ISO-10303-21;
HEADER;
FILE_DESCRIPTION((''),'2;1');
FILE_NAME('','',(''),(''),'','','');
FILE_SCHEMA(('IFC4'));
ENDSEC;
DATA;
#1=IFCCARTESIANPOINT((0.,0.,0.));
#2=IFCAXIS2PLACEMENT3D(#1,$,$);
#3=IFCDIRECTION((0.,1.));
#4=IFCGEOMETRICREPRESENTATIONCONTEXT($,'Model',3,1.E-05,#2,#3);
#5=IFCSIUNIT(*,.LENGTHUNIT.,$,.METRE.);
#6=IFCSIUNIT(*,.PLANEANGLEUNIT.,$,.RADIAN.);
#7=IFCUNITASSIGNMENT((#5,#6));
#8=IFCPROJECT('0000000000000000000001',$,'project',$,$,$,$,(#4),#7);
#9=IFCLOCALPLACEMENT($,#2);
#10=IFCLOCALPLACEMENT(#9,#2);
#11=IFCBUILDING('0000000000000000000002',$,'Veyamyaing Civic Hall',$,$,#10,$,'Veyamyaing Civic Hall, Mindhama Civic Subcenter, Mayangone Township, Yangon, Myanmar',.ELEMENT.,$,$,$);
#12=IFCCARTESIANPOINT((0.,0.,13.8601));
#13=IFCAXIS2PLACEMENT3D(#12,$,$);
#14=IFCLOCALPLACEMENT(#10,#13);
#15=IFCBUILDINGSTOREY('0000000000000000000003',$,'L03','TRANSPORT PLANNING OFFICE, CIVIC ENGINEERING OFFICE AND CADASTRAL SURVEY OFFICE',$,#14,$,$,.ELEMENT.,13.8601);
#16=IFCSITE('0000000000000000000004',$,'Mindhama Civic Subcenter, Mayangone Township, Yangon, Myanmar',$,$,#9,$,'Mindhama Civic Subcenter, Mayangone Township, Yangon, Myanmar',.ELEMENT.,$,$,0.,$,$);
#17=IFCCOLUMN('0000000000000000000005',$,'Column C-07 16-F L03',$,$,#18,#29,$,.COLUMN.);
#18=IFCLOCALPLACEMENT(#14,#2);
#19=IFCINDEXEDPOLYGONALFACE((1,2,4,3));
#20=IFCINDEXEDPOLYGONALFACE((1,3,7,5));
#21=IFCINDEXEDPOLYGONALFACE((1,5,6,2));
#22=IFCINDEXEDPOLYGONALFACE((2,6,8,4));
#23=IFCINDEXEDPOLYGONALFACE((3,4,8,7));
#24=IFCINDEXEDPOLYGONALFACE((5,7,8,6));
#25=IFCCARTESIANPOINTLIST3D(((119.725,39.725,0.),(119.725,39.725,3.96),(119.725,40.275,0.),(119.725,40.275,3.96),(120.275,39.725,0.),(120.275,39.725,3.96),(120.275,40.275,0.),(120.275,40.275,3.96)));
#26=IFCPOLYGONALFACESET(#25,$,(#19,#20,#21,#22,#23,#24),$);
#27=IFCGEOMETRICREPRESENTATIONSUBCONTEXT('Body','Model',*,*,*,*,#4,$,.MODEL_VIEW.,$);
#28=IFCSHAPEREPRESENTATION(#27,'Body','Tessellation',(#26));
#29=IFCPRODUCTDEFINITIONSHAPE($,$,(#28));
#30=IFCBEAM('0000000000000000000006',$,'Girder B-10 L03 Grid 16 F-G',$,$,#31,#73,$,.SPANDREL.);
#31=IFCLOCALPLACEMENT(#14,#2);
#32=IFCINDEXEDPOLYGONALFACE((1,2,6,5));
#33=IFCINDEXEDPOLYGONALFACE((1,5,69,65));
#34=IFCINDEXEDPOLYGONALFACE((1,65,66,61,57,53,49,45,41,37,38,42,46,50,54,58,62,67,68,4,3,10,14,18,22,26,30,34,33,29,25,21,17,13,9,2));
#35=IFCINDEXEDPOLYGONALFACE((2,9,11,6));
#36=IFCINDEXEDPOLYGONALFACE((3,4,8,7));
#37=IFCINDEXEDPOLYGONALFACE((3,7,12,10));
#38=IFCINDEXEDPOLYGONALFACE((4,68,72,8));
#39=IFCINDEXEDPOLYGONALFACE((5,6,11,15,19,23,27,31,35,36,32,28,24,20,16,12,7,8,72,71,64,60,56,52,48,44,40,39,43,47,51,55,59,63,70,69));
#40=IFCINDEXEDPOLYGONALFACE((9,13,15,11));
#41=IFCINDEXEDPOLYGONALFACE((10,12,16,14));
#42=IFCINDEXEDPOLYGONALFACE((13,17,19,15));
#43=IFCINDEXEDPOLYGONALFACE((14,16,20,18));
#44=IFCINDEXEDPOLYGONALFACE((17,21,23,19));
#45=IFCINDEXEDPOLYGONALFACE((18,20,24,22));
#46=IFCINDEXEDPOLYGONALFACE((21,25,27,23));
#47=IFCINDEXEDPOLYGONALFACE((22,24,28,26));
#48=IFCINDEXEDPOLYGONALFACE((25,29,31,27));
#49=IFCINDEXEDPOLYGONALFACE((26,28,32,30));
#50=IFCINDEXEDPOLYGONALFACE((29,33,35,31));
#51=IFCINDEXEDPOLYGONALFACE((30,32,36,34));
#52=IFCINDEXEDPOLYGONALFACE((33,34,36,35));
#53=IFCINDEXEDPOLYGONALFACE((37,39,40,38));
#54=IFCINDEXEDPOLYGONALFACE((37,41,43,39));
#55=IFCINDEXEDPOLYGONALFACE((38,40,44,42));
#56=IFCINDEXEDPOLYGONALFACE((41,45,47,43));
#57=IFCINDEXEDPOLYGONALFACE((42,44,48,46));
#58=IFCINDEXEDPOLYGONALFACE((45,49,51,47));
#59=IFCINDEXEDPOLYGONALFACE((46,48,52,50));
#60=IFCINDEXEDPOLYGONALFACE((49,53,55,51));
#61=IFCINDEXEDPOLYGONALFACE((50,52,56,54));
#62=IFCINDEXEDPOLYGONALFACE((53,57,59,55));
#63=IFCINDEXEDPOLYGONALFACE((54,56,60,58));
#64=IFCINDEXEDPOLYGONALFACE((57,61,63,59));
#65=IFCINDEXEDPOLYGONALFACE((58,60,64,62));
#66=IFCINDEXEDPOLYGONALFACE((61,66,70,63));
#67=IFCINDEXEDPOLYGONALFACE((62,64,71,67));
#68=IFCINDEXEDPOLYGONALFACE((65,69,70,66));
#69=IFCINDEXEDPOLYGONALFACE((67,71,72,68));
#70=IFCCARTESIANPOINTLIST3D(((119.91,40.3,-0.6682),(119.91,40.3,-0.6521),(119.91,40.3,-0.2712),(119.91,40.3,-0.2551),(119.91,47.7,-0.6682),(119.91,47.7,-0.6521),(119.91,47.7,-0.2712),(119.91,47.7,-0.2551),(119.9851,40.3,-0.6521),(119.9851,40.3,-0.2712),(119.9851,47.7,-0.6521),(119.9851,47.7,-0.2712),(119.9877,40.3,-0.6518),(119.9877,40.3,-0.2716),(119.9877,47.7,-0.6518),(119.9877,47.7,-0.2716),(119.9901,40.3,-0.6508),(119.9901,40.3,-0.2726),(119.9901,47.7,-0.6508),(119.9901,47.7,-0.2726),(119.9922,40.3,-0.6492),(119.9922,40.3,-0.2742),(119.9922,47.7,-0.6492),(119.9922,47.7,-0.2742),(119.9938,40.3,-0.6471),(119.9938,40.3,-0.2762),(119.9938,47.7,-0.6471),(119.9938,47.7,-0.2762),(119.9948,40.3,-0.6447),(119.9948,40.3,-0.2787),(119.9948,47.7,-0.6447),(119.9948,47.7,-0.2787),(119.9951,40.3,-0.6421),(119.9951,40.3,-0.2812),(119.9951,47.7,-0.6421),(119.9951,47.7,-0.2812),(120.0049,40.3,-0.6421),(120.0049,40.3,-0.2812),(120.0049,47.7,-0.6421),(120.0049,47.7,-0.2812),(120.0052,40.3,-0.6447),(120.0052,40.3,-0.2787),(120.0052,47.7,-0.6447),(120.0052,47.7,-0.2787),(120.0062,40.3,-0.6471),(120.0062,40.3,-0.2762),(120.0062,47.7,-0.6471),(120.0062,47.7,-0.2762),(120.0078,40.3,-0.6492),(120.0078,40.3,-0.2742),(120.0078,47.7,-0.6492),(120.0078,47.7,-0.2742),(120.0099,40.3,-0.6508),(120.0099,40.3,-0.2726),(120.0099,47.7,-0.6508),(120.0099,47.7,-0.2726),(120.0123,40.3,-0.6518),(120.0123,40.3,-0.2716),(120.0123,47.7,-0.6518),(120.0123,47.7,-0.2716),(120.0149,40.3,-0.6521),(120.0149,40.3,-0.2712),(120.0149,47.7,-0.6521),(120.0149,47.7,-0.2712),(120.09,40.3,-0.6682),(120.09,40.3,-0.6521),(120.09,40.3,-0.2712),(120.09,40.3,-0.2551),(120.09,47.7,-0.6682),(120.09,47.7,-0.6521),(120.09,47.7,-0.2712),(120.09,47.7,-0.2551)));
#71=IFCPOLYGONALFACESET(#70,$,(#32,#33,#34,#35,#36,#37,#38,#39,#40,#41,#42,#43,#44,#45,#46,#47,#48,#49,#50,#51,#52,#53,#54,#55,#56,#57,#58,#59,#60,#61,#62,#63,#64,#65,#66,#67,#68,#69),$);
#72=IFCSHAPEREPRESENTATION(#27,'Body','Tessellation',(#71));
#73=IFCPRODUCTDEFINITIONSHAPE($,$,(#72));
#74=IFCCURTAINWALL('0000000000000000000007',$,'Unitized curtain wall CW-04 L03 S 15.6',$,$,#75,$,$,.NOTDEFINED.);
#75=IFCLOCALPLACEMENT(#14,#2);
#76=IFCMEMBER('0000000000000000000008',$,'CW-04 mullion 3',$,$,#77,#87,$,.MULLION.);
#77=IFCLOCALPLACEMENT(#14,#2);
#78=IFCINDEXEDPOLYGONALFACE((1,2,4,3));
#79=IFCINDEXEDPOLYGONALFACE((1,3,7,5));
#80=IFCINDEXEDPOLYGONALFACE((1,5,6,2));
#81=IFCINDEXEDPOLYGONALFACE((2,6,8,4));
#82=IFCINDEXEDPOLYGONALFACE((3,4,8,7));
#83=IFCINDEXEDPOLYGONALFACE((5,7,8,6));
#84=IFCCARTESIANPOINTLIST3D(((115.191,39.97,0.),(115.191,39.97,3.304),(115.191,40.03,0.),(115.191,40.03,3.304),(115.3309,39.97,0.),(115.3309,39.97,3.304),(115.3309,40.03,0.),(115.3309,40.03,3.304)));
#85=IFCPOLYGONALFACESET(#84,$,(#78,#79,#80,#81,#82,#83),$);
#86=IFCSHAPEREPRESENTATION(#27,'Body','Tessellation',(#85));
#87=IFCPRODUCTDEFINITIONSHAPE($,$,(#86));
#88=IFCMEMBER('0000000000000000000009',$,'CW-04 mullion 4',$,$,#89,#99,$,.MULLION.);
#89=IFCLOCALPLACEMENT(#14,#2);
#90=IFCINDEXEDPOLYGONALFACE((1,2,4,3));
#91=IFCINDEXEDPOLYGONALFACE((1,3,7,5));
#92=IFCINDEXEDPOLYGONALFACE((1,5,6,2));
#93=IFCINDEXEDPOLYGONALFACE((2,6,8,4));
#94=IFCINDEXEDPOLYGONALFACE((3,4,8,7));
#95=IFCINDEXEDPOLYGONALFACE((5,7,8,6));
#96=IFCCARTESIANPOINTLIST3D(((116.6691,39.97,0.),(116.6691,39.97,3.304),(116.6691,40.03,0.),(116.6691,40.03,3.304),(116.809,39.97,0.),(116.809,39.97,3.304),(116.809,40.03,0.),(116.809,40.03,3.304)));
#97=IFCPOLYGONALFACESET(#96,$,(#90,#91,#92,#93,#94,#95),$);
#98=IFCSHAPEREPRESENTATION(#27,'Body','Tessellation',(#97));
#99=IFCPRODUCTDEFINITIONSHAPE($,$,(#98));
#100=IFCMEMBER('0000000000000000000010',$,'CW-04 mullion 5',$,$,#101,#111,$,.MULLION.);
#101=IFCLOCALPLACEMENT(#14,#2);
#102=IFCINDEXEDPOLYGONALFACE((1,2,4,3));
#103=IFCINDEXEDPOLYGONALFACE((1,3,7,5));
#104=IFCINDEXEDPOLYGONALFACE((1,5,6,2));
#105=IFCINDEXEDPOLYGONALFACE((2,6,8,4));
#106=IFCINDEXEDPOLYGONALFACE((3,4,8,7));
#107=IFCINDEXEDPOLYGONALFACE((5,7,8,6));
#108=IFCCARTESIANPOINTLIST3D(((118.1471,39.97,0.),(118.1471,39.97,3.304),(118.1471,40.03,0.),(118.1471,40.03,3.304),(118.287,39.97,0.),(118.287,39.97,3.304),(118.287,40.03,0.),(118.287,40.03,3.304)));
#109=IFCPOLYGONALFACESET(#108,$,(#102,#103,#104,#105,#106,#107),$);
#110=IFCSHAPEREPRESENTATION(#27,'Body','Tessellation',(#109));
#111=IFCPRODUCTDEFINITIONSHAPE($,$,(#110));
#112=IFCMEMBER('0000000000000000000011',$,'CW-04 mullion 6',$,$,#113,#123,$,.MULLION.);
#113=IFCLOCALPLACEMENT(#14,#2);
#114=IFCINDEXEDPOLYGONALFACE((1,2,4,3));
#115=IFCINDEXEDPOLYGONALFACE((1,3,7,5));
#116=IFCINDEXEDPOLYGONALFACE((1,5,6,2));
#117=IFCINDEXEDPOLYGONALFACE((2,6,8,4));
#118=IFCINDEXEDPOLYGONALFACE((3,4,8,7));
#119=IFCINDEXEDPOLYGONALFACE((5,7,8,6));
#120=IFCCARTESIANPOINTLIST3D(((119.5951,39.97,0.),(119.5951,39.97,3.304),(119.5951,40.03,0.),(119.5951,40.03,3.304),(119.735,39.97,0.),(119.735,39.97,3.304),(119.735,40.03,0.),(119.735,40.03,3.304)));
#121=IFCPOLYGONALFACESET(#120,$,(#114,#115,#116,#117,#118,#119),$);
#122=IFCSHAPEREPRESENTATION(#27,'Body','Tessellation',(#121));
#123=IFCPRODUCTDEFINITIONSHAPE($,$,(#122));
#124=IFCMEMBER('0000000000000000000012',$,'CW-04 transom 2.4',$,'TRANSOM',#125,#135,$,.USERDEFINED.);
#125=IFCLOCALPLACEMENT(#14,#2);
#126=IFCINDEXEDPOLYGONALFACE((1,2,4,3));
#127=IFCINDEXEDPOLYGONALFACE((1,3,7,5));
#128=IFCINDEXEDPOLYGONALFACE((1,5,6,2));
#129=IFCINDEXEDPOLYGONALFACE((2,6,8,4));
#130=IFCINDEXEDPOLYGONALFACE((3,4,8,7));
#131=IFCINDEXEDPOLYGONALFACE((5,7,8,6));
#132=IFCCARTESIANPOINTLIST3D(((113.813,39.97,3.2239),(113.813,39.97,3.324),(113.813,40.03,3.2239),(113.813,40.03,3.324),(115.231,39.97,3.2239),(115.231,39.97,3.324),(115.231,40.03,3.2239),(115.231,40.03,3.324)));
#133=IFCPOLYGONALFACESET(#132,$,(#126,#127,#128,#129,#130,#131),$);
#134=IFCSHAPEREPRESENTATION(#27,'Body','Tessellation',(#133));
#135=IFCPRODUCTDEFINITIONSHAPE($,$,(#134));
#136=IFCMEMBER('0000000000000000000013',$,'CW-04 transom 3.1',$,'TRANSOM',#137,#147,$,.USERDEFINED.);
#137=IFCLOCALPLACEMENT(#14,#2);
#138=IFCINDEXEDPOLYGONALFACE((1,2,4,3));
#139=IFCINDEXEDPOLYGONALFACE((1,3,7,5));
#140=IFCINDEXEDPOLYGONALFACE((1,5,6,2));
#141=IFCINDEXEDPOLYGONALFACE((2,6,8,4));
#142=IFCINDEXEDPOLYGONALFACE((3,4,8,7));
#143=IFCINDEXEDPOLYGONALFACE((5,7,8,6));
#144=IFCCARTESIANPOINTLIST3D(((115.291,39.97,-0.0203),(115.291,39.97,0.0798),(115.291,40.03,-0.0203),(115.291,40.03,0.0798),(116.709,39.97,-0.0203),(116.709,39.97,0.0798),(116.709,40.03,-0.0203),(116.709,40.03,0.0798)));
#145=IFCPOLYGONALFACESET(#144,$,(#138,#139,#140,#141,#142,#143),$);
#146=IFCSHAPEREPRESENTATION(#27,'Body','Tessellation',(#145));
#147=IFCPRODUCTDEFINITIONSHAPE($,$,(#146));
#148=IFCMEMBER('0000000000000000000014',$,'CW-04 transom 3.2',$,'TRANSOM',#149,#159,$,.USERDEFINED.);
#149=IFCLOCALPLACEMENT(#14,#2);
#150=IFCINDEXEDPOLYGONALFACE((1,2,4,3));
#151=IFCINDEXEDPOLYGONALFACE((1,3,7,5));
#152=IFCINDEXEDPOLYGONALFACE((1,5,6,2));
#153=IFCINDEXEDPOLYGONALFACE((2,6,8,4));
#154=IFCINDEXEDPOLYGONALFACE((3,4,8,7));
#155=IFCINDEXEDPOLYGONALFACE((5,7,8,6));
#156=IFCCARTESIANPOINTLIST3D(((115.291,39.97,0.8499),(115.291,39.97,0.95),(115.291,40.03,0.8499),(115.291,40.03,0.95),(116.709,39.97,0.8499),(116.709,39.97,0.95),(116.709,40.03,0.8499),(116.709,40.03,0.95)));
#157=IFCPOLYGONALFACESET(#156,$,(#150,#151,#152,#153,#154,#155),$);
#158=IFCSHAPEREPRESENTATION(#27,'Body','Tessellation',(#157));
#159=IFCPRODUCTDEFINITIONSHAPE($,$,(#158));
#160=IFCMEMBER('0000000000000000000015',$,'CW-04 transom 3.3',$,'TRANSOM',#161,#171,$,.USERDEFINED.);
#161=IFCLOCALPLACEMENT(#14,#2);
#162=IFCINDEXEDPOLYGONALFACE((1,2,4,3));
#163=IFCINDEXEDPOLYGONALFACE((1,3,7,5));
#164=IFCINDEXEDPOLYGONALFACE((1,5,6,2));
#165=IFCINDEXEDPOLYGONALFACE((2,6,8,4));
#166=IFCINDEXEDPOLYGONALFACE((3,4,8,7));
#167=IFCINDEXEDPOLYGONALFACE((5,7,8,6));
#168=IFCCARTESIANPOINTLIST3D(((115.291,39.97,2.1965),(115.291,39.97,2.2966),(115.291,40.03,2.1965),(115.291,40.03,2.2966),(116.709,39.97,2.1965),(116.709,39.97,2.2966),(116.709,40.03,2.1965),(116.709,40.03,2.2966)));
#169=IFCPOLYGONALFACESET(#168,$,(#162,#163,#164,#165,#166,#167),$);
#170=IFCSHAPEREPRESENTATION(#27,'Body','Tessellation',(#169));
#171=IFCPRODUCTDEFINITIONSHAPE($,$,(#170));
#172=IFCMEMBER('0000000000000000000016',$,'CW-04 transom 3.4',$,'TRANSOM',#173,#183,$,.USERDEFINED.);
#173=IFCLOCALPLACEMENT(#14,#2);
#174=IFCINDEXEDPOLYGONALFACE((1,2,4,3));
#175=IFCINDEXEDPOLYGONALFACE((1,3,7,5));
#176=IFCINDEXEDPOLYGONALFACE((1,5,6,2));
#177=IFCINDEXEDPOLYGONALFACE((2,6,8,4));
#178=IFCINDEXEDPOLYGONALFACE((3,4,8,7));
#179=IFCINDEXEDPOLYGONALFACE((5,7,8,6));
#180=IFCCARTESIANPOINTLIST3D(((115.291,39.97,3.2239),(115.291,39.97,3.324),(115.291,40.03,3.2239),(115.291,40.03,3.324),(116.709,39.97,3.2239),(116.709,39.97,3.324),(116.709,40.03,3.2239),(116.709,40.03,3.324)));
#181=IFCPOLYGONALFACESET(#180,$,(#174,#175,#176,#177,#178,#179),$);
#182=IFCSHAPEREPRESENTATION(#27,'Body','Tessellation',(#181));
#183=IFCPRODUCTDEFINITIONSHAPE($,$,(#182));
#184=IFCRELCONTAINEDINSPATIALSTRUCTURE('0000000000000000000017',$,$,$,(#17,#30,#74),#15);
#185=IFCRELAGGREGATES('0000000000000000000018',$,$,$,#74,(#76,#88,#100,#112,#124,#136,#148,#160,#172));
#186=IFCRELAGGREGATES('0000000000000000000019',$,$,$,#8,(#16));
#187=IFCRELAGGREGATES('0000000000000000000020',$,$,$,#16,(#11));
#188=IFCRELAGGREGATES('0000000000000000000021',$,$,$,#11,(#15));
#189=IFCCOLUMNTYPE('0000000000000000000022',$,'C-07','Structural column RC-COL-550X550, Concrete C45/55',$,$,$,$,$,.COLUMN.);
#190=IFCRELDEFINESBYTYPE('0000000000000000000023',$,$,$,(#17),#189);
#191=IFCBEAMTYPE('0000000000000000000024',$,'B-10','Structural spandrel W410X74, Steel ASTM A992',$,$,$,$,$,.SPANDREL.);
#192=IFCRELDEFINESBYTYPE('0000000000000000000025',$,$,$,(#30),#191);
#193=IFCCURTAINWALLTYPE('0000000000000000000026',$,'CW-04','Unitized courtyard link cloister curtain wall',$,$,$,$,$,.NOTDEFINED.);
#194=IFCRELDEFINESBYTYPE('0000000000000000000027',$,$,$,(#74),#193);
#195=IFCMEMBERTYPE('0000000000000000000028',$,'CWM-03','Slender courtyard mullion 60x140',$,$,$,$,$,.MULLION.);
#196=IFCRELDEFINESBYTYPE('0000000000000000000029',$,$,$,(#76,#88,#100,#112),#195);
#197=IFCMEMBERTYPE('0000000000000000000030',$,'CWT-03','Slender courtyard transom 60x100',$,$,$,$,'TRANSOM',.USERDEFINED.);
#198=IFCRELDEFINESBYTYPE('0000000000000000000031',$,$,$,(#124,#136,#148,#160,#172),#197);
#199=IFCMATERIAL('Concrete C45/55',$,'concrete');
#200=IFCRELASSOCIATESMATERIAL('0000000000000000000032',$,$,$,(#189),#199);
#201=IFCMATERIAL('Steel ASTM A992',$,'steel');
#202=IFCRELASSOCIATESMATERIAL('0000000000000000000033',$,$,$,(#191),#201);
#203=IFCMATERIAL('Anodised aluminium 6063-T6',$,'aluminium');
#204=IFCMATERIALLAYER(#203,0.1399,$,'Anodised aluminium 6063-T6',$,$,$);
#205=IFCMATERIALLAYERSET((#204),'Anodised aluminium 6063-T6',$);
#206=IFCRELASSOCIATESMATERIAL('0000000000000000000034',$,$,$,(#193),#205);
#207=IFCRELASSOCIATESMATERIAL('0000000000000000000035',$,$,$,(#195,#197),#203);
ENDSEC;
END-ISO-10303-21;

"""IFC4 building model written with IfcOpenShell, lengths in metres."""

from ifc_helpers import new_model, si_unit, direction, frame, origin, origin_2d, place, context, subcontext, project, spatial, rectangle, i_section, extrude, material, layer, layer_set, material_profile, profile_set, type_object, element, aggregate, save


model = new_model("IFC4")

# Units and contexts
model_context = context("Model", 3, precision=1e-05, world=origin(), true_north=direction((0.0, 1.0)))
body_context = subcontext(model_context, "Body", "Model", "MODEL_VIEW")
ifc_project = project(units=[si_unit("LENGTHUNIT", "METRE"), si_unit("PLANEANGLEUNIT", "RADIAN")], contexts=[model_context])

# Site, building, storey
site_placement = place(None, origin())
site = spatial("IfcSite", under=ifc_project, at=site_placement, Name="Mindhama Civic Subcenter, Mayangone Township, Yangon, Myanmar", LongName="Mindhama Civic Subcenter, Mayangone Township, Yangon, Myanmar", CompositionType="ELEMENT", RefElevation=0.0)
building_placement = place(site_placement, origin())
building = spatial("IfcBuilding", under=site, at=building_placement, Name="Veyamyaing Civic Hall", LongName="Veyamyaing Civic Hall, Mindhama Civic Subcenter, Mayangone Township, Yangon, Myanmar", CompositionType="ELEMENT")
storey_placement = place(building_placement, frame((0.0, 0.0, 13.8601)))
storey = spatial("IfcBuildingStorey", under=building, at=storey_placement, Name="L03", Description="TRANSPORT PLANNING OFFICE, CIVIC ENGINEERING OFFICE AND CADASTRAL SURVEY OFFICE", CompositionType="ELEMENT", Elevation=13.8601)

# Column
ifc_material_1 = material(Name="Concrete C45/55", Category="concrete")
ifc_material_profile_1 = material_profile(ifc_material_1, rectangle(XDim=0.55, YDim=0.55, at=origin_2d()), Name="RC-COL-550X550")
ifc_profile_set_1 = profile_set([ifc_material_profile_1], Name="Concrete C45/55")
column_type = type_object("IfcColumnType", Name="C-07", Description="Structural column RC-COL-550X550, Concrete C45/55", PredefinedType="COLUMN", material=ifc_profile_set_1)
column_placement = place(storey_placement, frame((120.0, 40.0, 0.0), z_axis=(0.0, 0.0, 1.0), x_axis=(1.0, 0.0, 0.0)))
element("IfcColumn", 1, at=column_placement, inside=storey, type_object=column_type, Name="Column C-07 16-F L03", PredefinedType="COLUMN", context=body_context, shape_type="SweptSolid", body=[
    extrude(rectangle(XDim=0.55, YDim=0.55, at=origin_2d()), origin(), (0.0, 0.0, 1.0), 3.96),
])

# Beam
ifc_material_2 = material(Name="Steel ASTM A992", Category="steel")
ifc_material_profile_2 = material_profile(ifc_material_2, i_section(OverallWidth=0.1799, OverallDepth=0.4131, WebThickness=0.0098, FlangeThickness=0.0161, FilletRadius=0.01, at=origin_2d()), Name="W410X74")
ifc_profile_set_2 = profile_set([ifc_material_profile_2], Name="Steel ASTM A992")
beam_type = type_object("IfcBeamType", Name="B-10", Description="Structural spandrel W410X74, Steel ASTM A992", PredefinedType="SPANDREL", material=ifc_profile_set_2)
beam_placement = place(storey_placement, frame((120.0, 40.3, -0.4617), z_axis=(0.0, 1.0, 0.0), x_axis=(-1.0, 0.0, 0.0)))
element("IfcBeam", 2, at=beam_placement, inside=storey, type_object=beam_type, Name="Girder B-10 L03 Grid 16 F-G", PredefinedType="SPANDREL", context=body_context, shape_type="SweptSolid", body=[
    extrude(i_section(OverallWidth=0.1799, OverallDepth=0.4131, WebThickness=0.0098, FlangeThickness=0.0161, FilletRadius=0.01, at=origin_2d()), origin(), (0.0, 0.0, 1.0), 7.3999),
])

# Curtain wall, members
ifc_material_3 = material(Name="Anodised aluminium 6063-T6", Category="aluminium")
ifc_layer_1 = layer(ifc_material_3, 0.1399, Name="Anodised aluminium 6063-T6")
ifc_layer_set_1 = layer_set([ifc_layer_1], Name="Anodised aluminium 6063-T6")
curtain_wall_type = type_object("IfcCurtainWallType", Name="CW-04", Description="Unitized courtyard link cloister curtain wall", PredefinedType="NOTDEFINED", material=ifc_layer_set_1)
curtain_wall_placement = place(storey_placement, origin())
curtain_wall = element("IfcCurtainWall", 3, at=curtain_wall_placement, inside=storey, type_object=curtain_wall_type, Name="Unitized curtain wall CW-04 L03 S 15.6", PredefinedType="NOTDEFINED")
ifc_material_profile_3 = material_profile(ifc_material_3, rectangle(XDim=0.0601, YDim=0.1399, at=origin_2d()), Name="ALU-MUL-60X140")
ifc_profile_set_3 = profile_set([ifc_material_profile_3], Name="Anodised aluminium 6063-T6")
member_type_1 = type_object("IfcMemberType", Name="CWM-03", Description="Slender courtyard mullion 60x140", PredefinedType="MULLION", material=ifc_profile_set_3)
member_1_placement = place(storey_placement, frame((115.261, 40.0, 0.0), z_axis=(0.0, 0.0, 1.0), x_axis=(0.0, 1.0, 0.0)))
member_1 = element("IfcMember", 4, at=member_1_placement, type_object=member_type_1, Name="CW-04 mullion 3", PredefinedType="MULLION", context=body_context, shape_type="SweptSolid", body=[
    extrude(rectangle(XDim=0.0601, YDim=0.1399, at=origin_2d()), origin(), (0.0, 0.0, 1.0), 3.304),
])
member_2_placement = place(storey_placement, frame((116.739, 40.0, 0.0), z_axis=(0.0, 0.0, 1.0), x_axis=(0.0, 1.0, 0.0)))
member_2 = element("IfcMember", 5, at=member_2_placement, type_object=member_type_1, Name="CW-04 mullion 4", PredefinedType="MULLION", context=body_context, shape_type="SweptSolid", body=[
    extrude(rectangle(XDim=0.0601, YDim=0.1399, at=origin_2d()), origin(), (0.0, 0.0, 1.0), 3.304),
])
member_3_placement = place(storey_placement, frame((118.217, 40.0, 0.0), z_axis=(0.0, 0.0, 1.0), x_axis=(0.0, 1.0, 0.0)))
member_3 = element("IfcMember", 6, at=member_3_placement, type_object=member_type_1, Name="CW-04 mullion 5", PredefinedType="MULLION", context=body_context, shape_type="SweptSolid", body=[
    extrude(rectangle(XDim=0.0601, YDim=0.1399, at=origin_2d()), origin(), (0.0, 0.0, 1.0), 3.304),
])
member_4_placement = place(storey_placement, frame((119.665, 40.0, 0.0), z_axis=(0.0, 0.0, 1.0), x_axis=(0.0, 1.0, 0.0)))
member_4 = element("IfcMember", 7, at=member_4_placement, type_object=member_type_1, Name="CW-04 mullion 6", PredefinedType="MULLION", context=body_context, shape_type="SweptSolid", body=[
    extrude(rectangle(XDim=0.0601, YDim=0.1399, at=origin_2d()), origin(), (0.0, 0.0, 1.0), 3.304),
])
ifc_material_profile_4 = material_profile(ifc_material_3, rectangle(XDim=0.0601, YDim=0.1001, at=origin_2d()), Name="ALU-TRN-60X100")
ifc_profile_set_4 = profile_set([ifc_material_profile_4], Name="Anodised aluminium 6063-T6")
member_type_2 = type_object("IfcMemberType", Name="CWT-03", Description="Slender courtyard transom 60x100", ElementType="TRANSOM", PredefinedType="USERDEFINED", material=ifc_profile_set_4)
member_5_placement = place(storey_placement, frame((113.813, 40.0, 3.2739), z_axis=(1.0, 0.0, 0.0), x_axis=(0.0, 1.0, 0.0)))
member_5 = element("IfcMember", 8, at=member_5_placement, type_object=member_type_2, Name="CW-04 transom 2.4", ObjectType="TRANSOM", PredefinedType="USERDEFINED", context=body_context, shape_type="SweptSolid", body=[
    extrude(rectangle(XDim=0.0601, YDim=0.1001, at=origin_2d()), origin(), (0.0, 0.0, 1.0), 1.418),
])
member_6_placement = place(storey_placement, frame((115.291, 40.0, 0.0298), z_axis=(1.0, 0.0, 0.0), x_axis=(0.0, 1.0, 0.0)))
member_6 = element("IfcMember", 9, at=member_6_placement, type_object=member_type_2, Name="CW-04 transom 3.1", ObjectType="TRANSOM", PredefinedType="USERDEFINED", context=body_context, shape_type="SweptSolid", body=[
    extrude(rectangle(XDim=0.0601, YDim=0.1001, at=origin_2d()), origin(), (0.0, 0.0, 1.0), 1.418),
])
member_7_placement = place(storey_placement, frame((115.291, 40.0, 0.8999), z_axis=(1.0, 0.0, 0.0), x_axis=(0.0, 1.0, 0.0)))
member_7 = element("IfcMember", 10, at=member_7_placement, type_object=member_type_2, Name="CW-04 transom 3.2", ObjectType="TRANSOM", PredefinedType="USERDEFINED", context=body_context, shape_type="SweptSolid", body=[
    extrude(rectangle(XDim=0.0601, YDim=0.1001, at=origin_2d()), origin(), (0.0, 0.0, 1.0), 1.418),
])
member_8_placement = place(storey_placement, frame((115.291, 40.0, 2.2466), z_axis=(1.0, 0.0, 0.0), x_axis=(0.0, 1.0, 0.0)))
member_8 = element("IfcMember", 11, at=member_8_placement, type_object=member_type_2, Name="CW-04 transom 3.3", ObjectType="TRANSOM", PredefinedType="USERDEFINED", context=body_context, shape_type="SweptSolid", body=[
    extrude(rectangle(XDim=0.0601, YDim=0.1001, at=origin_2d()), origin(), (0.0, 0.0, 1.0), 1.418),
])
member_9_placement = place(storey_placement, frame((115.291, 40.0, 3.2739), z_axis=(1.0, 0.0, 0.0), x_axis=(0.0, 1.0, 0.0)))
member_9 = element("IfcMember", 12, at=member_9_placement, type_object=member_type_2, Name="CW-04 transom 3.4", ObjectType="TRANSOM", PredefinedType="USERDEFINED", context=body_context, shape_type="SweptSolid", body=[
    extrude(rectangle(XDim=0.0601, YDim=0.1001, at=origin_2d()), origin(), (0.0, 0.0, 1.0), 1.418),
])
aggregate(curtain_wall, [member_1, member_2, member_3, member_4, member_5, member_6, member_7, member_8, member_9])

save(model, "model.ifc")
